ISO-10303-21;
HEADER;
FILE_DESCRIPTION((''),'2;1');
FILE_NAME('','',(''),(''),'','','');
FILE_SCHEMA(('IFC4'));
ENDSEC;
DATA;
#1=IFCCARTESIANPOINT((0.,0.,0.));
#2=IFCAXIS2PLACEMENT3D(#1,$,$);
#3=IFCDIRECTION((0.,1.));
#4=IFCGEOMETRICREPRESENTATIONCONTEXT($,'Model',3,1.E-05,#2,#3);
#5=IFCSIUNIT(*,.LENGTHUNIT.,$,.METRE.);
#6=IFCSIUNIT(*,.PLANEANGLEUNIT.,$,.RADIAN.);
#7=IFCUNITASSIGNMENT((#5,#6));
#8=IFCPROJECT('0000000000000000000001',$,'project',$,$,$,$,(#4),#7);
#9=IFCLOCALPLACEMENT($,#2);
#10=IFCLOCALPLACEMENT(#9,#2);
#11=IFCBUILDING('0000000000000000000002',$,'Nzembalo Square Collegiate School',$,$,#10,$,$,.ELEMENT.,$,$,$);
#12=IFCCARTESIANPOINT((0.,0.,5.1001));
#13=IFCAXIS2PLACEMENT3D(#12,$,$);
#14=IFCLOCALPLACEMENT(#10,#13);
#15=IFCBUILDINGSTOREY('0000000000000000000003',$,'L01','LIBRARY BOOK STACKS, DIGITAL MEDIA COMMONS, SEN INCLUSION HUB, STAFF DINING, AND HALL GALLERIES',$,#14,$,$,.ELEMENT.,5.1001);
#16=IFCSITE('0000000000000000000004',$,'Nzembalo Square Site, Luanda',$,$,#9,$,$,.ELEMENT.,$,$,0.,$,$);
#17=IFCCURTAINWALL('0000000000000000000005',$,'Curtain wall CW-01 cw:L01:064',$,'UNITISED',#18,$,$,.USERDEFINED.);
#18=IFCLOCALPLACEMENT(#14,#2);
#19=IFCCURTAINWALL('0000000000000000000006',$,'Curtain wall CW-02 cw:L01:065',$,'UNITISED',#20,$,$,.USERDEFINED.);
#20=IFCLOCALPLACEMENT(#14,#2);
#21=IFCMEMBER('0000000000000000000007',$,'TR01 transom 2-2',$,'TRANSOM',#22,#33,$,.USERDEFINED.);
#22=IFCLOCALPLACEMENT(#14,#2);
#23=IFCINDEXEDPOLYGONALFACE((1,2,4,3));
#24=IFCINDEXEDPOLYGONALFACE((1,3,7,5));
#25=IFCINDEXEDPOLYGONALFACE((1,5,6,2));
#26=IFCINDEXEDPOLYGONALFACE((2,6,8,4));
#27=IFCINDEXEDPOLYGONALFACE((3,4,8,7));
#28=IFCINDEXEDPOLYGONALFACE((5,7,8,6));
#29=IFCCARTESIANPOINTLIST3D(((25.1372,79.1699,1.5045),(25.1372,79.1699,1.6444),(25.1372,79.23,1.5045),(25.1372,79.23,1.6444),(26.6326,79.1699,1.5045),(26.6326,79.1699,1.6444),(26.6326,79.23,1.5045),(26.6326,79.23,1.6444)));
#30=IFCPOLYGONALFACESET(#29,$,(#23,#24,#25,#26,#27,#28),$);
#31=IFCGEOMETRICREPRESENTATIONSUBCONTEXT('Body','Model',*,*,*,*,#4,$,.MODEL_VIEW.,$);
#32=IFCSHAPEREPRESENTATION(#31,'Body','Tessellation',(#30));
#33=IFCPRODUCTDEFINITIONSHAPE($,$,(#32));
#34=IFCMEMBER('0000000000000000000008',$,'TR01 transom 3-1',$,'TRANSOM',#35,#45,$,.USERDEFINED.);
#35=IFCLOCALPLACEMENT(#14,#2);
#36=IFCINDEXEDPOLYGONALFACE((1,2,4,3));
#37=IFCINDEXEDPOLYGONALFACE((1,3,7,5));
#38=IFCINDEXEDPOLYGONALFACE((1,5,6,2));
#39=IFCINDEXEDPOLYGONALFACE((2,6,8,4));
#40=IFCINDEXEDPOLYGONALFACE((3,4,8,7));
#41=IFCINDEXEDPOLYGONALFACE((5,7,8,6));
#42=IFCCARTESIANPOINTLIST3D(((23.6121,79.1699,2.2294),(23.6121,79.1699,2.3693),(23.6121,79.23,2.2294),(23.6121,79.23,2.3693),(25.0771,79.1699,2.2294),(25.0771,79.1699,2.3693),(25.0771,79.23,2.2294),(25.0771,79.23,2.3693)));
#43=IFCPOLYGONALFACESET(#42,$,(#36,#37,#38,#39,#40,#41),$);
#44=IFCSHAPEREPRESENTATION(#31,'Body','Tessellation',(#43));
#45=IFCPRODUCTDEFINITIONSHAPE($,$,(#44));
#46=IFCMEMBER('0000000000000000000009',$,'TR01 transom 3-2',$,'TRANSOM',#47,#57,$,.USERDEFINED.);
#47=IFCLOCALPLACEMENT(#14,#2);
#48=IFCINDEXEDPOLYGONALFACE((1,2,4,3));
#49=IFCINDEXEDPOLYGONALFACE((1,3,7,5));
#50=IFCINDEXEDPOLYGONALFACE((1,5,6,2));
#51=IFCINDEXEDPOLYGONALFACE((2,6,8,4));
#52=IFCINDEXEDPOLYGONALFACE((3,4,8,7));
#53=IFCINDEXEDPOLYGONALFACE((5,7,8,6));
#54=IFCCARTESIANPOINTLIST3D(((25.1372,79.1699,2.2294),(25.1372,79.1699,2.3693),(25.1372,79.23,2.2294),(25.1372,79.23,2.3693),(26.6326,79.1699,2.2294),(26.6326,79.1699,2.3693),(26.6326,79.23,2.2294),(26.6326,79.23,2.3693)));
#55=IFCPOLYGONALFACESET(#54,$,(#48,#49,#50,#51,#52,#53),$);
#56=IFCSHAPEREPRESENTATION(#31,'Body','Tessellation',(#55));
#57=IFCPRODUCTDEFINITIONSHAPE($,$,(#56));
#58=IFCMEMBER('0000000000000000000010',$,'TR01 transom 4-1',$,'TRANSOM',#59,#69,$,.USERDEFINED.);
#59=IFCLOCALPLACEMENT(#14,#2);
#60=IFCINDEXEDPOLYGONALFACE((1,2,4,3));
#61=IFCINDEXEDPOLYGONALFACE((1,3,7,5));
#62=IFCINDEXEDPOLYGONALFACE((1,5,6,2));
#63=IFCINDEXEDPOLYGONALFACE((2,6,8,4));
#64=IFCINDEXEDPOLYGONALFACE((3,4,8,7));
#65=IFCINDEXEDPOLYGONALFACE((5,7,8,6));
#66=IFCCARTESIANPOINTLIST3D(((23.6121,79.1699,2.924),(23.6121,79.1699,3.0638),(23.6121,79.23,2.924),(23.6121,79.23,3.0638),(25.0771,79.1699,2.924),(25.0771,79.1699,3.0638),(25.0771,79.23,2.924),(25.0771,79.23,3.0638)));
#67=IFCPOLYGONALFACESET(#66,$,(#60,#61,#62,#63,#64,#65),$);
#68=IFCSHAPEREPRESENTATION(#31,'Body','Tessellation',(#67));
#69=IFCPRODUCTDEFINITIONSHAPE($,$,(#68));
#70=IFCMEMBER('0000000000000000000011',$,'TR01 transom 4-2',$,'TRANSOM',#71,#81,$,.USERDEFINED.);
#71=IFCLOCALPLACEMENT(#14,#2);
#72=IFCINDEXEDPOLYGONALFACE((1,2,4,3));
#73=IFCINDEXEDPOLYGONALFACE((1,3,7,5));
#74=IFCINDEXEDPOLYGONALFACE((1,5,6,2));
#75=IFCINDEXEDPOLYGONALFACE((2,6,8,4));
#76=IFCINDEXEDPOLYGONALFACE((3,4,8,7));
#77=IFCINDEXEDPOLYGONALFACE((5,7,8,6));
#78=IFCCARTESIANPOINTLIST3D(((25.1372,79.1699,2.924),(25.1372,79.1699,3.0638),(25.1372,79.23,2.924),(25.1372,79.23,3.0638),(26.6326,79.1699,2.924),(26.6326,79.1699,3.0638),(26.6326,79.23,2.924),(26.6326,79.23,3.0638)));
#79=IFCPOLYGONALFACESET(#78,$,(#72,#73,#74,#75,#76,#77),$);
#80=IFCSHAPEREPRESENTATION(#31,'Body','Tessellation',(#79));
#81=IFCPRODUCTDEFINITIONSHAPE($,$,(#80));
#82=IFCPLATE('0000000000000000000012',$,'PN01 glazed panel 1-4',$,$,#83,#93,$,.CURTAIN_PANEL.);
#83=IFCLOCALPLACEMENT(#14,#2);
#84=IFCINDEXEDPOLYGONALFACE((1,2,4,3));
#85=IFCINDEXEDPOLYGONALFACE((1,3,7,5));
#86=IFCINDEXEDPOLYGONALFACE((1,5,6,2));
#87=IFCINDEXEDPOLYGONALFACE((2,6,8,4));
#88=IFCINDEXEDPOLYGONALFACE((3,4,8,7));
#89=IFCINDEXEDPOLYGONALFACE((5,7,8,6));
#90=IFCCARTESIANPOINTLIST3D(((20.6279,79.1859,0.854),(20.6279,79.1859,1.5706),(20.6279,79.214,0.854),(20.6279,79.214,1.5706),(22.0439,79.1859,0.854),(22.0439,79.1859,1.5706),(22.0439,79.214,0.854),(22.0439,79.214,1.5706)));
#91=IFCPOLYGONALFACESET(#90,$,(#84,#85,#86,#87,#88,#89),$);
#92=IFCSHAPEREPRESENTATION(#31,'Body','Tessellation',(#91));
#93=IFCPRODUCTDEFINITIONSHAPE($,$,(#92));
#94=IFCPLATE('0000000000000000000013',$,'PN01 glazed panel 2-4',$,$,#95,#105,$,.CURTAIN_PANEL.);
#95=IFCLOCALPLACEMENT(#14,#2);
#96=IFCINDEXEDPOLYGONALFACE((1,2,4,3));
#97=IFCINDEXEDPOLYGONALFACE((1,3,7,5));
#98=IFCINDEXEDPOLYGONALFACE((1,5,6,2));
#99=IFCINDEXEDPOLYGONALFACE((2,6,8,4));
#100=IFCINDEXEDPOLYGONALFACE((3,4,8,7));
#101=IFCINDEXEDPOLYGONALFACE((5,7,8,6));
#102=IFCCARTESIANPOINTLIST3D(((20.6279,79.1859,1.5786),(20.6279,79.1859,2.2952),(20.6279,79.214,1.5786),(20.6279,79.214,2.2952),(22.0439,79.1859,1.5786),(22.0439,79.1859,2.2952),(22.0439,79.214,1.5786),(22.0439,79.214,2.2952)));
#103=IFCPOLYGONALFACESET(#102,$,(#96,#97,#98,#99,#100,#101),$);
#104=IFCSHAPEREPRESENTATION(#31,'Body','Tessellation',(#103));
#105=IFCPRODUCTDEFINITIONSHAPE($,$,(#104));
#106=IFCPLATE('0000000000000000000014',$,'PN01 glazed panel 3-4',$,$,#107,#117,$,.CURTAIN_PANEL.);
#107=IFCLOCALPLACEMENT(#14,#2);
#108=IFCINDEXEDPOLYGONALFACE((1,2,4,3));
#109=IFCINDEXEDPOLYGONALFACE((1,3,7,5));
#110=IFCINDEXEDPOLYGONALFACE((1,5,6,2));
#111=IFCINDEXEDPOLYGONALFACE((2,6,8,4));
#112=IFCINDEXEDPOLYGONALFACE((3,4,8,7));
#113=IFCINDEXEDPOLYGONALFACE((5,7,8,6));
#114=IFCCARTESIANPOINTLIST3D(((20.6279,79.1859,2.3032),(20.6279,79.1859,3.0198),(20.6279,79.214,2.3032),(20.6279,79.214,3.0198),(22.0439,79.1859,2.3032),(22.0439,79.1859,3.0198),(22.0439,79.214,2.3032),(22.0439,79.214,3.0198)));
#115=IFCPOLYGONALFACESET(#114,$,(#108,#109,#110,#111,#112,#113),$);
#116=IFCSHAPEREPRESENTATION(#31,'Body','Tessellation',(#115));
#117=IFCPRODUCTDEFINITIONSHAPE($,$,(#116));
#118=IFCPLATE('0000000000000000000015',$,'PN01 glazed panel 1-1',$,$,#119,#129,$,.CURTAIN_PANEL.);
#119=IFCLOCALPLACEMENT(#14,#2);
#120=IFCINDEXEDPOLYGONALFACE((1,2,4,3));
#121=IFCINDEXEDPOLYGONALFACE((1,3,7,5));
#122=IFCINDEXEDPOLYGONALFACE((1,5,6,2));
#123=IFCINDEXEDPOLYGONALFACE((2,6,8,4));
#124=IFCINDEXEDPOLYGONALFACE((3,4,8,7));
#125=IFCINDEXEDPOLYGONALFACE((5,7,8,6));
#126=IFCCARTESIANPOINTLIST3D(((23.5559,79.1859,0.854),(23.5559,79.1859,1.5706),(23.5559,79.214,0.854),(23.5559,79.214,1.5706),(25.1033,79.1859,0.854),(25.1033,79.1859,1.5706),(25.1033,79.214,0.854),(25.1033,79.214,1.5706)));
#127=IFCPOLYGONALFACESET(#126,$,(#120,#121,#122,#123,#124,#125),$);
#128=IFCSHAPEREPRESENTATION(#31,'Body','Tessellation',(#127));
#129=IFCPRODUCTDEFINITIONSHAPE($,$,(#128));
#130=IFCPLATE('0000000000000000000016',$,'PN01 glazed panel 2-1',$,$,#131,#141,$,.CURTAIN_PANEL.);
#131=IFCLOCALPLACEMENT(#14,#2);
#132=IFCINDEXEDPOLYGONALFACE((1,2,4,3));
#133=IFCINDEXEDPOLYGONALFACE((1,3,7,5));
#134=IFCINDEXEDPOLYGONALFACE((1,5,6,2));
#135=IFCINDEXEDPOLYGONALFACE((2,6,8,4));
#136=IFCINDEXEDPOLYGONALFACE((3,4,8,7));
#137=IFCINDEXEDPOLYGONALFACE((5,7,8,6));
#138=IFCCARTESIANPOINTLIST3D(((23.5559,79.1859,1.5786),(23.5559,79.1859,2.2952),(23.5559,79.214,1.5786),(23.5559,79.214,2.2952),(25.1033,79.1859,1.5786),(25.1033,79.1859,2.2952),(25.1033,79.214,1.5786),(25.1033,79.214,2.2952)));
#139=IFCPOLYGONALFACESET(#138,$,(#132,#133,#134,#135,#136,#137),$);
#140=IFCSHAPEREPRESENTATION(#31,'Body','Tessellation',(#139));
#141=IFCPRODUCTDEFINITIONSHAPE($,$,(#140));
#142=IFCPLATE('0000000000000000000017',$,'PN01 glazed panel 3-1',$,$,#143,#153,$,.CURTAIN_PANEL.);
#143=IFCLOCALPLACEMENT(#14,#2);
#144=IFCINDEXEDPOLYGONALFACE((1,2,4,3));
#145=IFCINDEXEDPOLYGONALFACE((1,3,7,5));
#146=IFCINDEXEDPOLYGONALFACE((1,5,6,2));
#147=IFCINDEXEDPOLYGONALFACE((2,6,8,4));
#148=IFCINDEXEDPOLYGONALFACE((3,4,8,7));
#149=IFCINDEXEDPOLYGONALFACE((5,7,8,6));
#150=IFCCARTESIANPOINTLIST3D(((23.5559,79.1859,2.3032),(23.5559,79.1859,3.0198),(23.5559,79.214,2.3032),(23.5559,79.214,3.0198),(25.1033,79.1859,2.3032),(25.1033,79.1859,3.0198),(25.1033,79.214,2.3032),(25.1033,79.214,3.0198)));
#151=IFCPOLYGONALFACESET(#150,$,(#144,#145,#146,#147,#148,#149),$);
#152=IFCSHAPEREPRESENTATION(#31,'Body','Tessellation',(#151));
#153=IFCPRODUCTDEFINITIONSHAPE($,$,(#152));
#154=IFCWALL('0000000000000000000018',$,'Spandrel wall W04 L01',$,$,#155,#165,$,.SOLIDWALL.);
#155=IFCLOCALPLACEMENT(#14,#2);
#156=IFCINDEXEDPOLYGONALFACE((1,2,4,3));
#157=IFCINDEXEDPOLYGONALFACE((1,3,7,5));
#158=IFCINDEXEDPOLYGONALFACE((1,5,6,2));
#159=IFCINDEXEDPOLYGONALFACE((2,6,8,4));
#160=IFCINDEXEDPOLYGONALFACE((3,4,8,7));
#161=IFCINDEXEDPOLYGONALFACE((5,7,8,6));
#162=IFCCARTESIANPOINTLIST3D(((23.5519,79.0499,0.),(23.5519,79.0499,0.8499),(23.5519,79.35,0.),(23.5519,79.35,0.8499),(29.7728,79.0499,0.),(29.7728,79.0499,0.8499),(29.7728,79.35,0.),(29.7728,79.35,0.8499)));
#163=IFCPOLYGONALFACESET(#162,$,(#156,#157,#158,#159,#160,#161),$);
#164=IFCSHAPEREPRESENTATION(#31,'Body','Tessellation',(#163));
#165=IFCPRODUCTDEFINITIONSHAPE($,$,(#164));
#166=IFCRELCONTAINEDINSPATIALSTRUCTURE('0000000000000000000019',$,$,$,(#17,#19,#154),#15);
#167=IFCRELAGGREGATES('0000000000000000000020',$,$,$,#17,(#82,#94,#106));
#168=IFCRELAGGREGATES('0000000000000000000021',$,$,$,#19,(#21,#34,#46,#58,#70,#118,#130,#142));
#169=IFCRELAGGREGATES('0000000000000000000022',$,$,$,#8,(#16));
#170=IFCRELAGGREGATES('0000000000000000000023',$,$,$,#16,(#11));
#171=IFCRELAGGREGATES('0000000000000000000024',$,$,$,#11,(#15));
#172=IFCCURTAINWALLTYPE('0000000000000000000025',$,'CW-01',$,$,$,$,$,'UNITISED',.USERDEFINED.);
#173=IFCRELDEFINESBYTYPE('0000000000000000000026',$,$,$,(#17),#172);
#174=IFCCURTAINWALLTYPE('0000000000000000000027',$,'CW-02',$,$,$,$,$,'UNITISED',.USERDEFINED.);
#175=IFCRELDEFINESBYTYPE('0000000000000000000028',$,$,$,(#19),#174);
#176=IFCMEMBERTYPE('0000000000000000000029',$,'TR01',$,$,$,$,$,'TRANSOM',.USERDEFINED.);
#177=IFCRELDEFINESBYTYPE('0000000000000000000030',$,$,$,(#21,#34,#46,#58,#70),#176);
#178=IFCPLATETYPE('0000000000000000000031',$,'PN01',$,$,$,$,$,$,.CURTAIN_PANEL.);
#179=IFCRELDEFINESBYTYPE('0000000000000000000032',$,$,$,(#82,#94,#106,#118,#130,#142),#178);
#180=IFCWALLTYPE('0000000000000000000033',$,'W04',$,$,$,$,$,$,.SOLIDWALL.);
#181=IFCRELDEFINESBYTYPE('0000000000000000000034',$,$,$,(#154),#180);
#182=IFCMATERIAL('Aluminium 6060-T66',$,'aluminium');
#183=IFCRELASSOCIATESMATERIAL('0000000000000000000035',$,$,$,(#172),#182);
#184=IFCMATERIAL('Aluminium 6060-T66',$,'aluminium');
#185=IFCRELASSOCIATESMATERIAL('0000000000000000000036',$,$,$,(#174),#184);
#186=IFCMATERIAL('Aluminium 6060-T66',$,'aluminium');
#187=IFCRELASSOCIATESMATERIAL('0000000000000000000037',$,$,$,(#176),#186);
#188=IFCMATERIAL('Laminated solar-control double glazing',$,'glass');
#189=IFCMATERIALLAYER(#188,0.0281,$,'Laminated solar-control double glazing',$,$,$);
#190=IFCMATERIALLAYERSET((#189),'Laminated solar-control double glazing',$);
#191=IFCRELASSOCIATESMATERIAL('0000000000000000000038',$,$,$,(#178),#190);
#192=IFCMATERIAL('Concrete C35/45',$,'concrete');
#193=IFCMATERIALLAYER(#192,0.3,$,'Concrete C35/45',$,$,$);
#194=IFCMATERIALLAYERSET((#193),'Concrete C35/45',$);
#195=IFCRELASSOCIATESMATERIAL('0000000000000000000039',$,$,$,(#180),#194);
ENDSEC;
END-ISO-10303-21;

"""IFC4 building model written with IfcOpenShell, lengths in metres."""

from ifc_helpers import new_model, si_unit, direction, frame, frame_2d, origin, origin_2d, place, context, subcontext, project, spatial, rectangle, extrude, material, layer, layer_set, material_profile, profile_set, type_object, element, aggregate, save


model = new_model("IFC4")

# Units and contexts
model_context = context("Model", 3, precision=1e-05, world=origin(), true_north=direction((0.0, 1.0)))
body_context = subcontext(model_context, "Body", "Model", "MODEL_VIEW")
ifc_project = project(units=[si_unit("LENGTHUNIT", "METRE"), si_unit("PLANEANGLEUNIT", "RADIAN")], contexts=[model_context])

# Site, building, storey
site_placement = place(None, origin())
site = spatial("IfcSite", under=ifc_project, at=site_placement, Name="Nzembalo Square Site, Luanda", CompositionType="ELEMENT", RefElevation=0.0)
building_placement = place(site_placement, origin())
building = spatial("IfcBuilding", under=site, at=building_placement, Name="Nzembalo Square Collegiate School", CompositionType="ELEMENT")
storey_placement = place(building_placement, frame((0.0, 0.0, 5.1001)))
storey = spatial("IfcBuildingStorey", under=building, at=storey_placement, Name="L01", Description="LIBRARY BOOK STACKS, DIGITAL MEDIA COMMONS, SEN INCLUSION HUB, STAFF DINING, AND HALL GALLERIES", CompositionType="ELEMENT", Elevation=5.1001)

# Curtain walls
ifc_material_1 = material(Name="Aluminium 6060-T66", Category="aluminium")
curtain_wall_type_1 = type_object("IfcCurtainWallType", Name="CW-01", ElementType="UNITISED", PredefinedType="USERDEFINED", material=ifc_material_1)
curtain_wall_1_placement = place(storey_placement, origin())
curtain_wall_1 = element("IfcCurtainWall", 1, at=curtain_wall_1_placement, inside=storey, type_object=curtain_wall_type_1, Name="Curtain wall CW-01 cw:L01:064", ObjectType="UNITISED", PredefinedType="USERDEFINED")
ifc_material_2 = material(Name="Aluminium 6060-T66", Category="aluminium")
curtain_wall_type_2 = type_object("IfcCurtainWallType", Name="CW-02", ElementType="UNITISED", PredefinedType="USERDEFINED", material=ifc_material_2)
curtain_wall_2_placement = place(storey_placement, origin())
curtain_wall_2 = element("IfcCurtainWall", 2, at=curtain_wall_2_placement, inside=storey, type_object=curtain_wall_type_2, Name="Curtain wall CW-02 cw:L01:065", ObjectType="UNITISED", PredefinedType="USERDEFINED")

# Members
ifc_material_3 = material(Name="Aluminium 6060-T66", Category="aluminium")
ifc_material_profile_1 = material_profile(ifc_material_3, rectangle(XDim=0.0601, YDim=0.1399, at=origin_2d()), Name="ALU T60x140")
ifc_profile_set_1 = profile_set([ifc_material_profile_1], Name="Aluminium 6060-T66")
member_type_1 = type_object("IfcMemberType", Name="TR01", ElementType="TRANSOM", PredefinedType="USERDEFINED", material=ifc_profile_set_1)
member_1_placement = place(storey_placement, frame((25.1372, 79.2, 1.5745), z_axis=(1.0, 0.0, 0.0), x_axis=(0.0, 1.0, 0.0)))
member_1 = element("IfcMember", 3, at=member_1_placement, type_object=member_type_1, Name="TR01 transom 2-2", ObjectType="TRANSOM", PredefinedType="USERDEFINED", context=body_context, shape_type="SweptSolid", body=[
    extrude(rectangle(XDim=0.0601, YDim=0.1399, at=origin_2d()), origin(), (0.0, 0.0, 1.0), 1.4954),
])
member_2_placement = place(storey_placement, frame((23.6121, 79.2, 2.2993), z_axis=(1.0, 0.0, 0.0), x_axis=(0.0, 1.0, 0.0)))
member_2 = element("IfcMember", 4, at=member_2_placement, type_object=member_type_1, Name="TR01 transom 3-1", ObjectType="TRANSOM", PredefinedType="USERDEFINED", context=body_context, shape_type="SweptSolid", body=[
    extrude(rectangle(XDim=0.0601, YDim=0.1399, at=origin_2d()), origin(), (0.0, 0.0, 1.0), 1.4651),
])
member_3_placement = place(storey_placement, frame((25.1372, 79.2, 2.2993), z_axis=(1.0, 0.0, 0.0), x_axis=(0.0, 1.0, 0.0)))
member_3 = element("IfcMember", 5, at=member_3_placement, type_object=member_type_1, Name="TR01 transom 3-2", ObjectType="TRANSOM", PredefinedType="USERDEFINED", context=body_context, shape_type="SweptSolid", body=[
    extrude(rectangle(XDim=0.0601, YDim=0.1399, at=origin_2d()), origin(), (0.0, 0.0, 1.0), 1.4954),
])
member_4_placement = place(storey_placement, frame((23.6121, 79.2, 2.9939), z_axis=(1.0, 0.0, 0.0), x_axis=(0.0, 1.0, 0.0)))
member_4 = element("IfcMember", 6, at=member_4_placement, type_object=member_type_1, Name="TR01 transom 4-1", ObjectType="TRANSOM", PredefinedType="USERDEFINED", context=body_context, shape_type="SweptSolid", body=[
    extrude(rectangle(XDim=0.0601, YDim=0.1399, at=origin_2d()), origin(), (0.0, 0.0, 1.0), 1.4651),
])
member_5_placement = place(storey_placement, frame((25.1372, 79.2, 2.9939), z_axis=(1.0, 0.0, 0.0), x_axis=(0.0, 1.0, 0.0)))
member_5 = element("IfcMember", 7, at=member_5_placement, type_object=member_type_1, Name="TR01 transom 4-2", ObjectType="TRANSOM", PredefinedType="USERDEFINED", context=body_context, shape_type="SweptSolid", body=[
    extrude(rectangle(XDim=0.0601, YDim=0.1399, at=origin_2d()), origin(), (0.0, 0.0, 1.0), 1.4954),
])

# Plates
ifc_material_4 = material(Name="Laminated solar-control double glazing", Category="glass")
ifc_layer_1 = layer(ifc_material_4, 0.0281, Name="Laminated solar-control double glazing")
ifc_layer_set_1 = layer_set([ifc_layer_1], Name="Laminated solar-control double glazing")
plate_type = type_object("IfcPlateType", Name="PN01", PredefinedType="CURTAIN_PANEL", material=ifc_layer_set_1)
plate_1_placement = place(storey_placement, frame((21.3359, 79.2, 0.854), z_axis=(0.0, 0.0, 1.0), x_axis=(1.0, 0.0, 0.0)))
plate_1 = element("IfcPlate", 8, at=plate_1_placement, type_object=plate_type, Name="PN01 glazed panel 1-4", PredefinedType="CURTAIN_PANEL", context=body_context, shape_type="SweptSolid", body=[
    extrude(rectangle(XDim=1.416, YDim=0.0281, at=origin_2d()), origin(), (0.0, 0.0, 1.0), 0.7166),
])
plate_2_placement = place(storey_placement, frame((21.3359, 79.2, 1.5786), z_axis=(0.0, 0.0, 1.0), x_axis=(1.0, 0.0, 0.0)))
plate_2 = element("IfcPlate", 9, at=plate_2_placement, type_object=plate_type, Name="PN01 glazed panel 2-4", PredefinedType="CURTAIN_PANEL", context=body_context, shape_type="SweptSolid", body=[
    extrude(rectangle(XDim=1.416, YDim=0.0281, at=origin_2d()), origin(), (0.0, 0.0, 1.0), 0.7166),
])
plate_3_placement = place(storey_placement, frame((21.3359, 79.2, 2.3032), z_axis=(0.0, 0.0, 1.0), x_axis=(1.0, 0.0, 0.0)))
plate_3 = element("IfcPlate", 10, at=plate_3_placement, type_object=plate_type, Name="PN01 glazed panel 3-4", PredefinedType="CURTAIN_PANEL", context=body_context, shape_type="SweptSolid", body=[
    extrude(rectangle(XDim=1.416, YDim=0.0281, at=origin_2d()), origin(), (0.0, 0.0, 1.0), 0.7166),
])
aggregate(curtain_wall_1, [plate_1, plate_2, plate_3])
plate_4_placement = place(storey_placement, frame((24.3296, 79.2, 0.854), z_axis=(0.0, 0.0, 1.0), x_axis=(1.0, 0.0, 0.0)))
plate_4 = element("IfcPlate", 11, at=plate_4_placement, type_object=plate_type, Name="PN01 glazed panel 1-1", PredefinedType="CURTAIN_PANEL", context=body_context, shape_type="SweptSolid", body=[
    extrude(rectangle(XDim=1.5474, YDim=0.0281, at=origin_2d()), origin(), (0.0, 0.0, 1.0), 0.7166),
])
plate_5_placement = place(storey_placement, frame((24.3296, 79.2, 1.5786), z_axis=(0.0, 0.0, 1.0), x_axis=(1.0, 0.0, 0.0)))
plate_5 = element("IfcPlate", 12, at=plate_5_placement, type_object=plate_type, Name="PN01 glazed panel 2-1", PredefinedType="CURTAIN_PANEL", context=body_context, shape_type="SweptSolid", body=[
    extrude(rectangle(XDim=1.5474, YDim=0.0281, at=origin_2d()), origin(), (0.0, 0.0, 1.0), 0.7166),
])
plate_6_placement = place(storey_placement, frame((24.3296, 79.2, 2.3032), z_axis=(0.0, 0.0, 1.0), x_axis=(1.0, 0.0, 0.0)))
plate_6 = element("IfcPlate", 13, at=plate_6_placement, type_object=plate_type, Name="PN01 glazed panel 3-1", PredefinedType="CURTAIN_PANEL", context=body_context, shape_type="SweptSolid", body=[
    extrude(rectangle(XDim=1.5474, YDim=0.0281, at=origin_2d()), origin(), (0.0, 0.0, 1.0), 0.7166),
])
aggregate(curtain_wall_2, [member_1, member_2, member_3, member_4, member_5, plate_4, plate_5, plate_6])

# Wall
ifc_material_5 = material(Name="Concrete C35/45", Category="concrete")
ifc_layer_2 = layer(ifc_material_5, 0.3, Name="Concrete C35/45")
ifc_layer_set_2 = layer_set([ifc_layer_2], Name="Concrete C35/45")
wall_type = type_object("IfcWallType", Name="W04", PredefinedType="SOLIDWALL", material=ifc_layer_set_2)
wall_placement = place(storey_placement, frame((23.552, 79.2, 0.0), z_axis=(0.0, 0.0, 1.0), x_axis=(1.0, 0.0, 0.0)))
element("IfcWall", 14, at=wall_placement, inside=storey, type_object=wall_type, Name="Spandrel wall W04 L01", PredefinedType="SOLIDWALL", context=body_context, shape_type="SweptSolid", body=[
    extrude(rectangle(XDim=6.2209, YDim=0.3, at=frame_2d((3.1104, 0.0))), origin(), (0.0, 0.0, 1.0), 0.8499),
])

save(model, "model.ifc")
